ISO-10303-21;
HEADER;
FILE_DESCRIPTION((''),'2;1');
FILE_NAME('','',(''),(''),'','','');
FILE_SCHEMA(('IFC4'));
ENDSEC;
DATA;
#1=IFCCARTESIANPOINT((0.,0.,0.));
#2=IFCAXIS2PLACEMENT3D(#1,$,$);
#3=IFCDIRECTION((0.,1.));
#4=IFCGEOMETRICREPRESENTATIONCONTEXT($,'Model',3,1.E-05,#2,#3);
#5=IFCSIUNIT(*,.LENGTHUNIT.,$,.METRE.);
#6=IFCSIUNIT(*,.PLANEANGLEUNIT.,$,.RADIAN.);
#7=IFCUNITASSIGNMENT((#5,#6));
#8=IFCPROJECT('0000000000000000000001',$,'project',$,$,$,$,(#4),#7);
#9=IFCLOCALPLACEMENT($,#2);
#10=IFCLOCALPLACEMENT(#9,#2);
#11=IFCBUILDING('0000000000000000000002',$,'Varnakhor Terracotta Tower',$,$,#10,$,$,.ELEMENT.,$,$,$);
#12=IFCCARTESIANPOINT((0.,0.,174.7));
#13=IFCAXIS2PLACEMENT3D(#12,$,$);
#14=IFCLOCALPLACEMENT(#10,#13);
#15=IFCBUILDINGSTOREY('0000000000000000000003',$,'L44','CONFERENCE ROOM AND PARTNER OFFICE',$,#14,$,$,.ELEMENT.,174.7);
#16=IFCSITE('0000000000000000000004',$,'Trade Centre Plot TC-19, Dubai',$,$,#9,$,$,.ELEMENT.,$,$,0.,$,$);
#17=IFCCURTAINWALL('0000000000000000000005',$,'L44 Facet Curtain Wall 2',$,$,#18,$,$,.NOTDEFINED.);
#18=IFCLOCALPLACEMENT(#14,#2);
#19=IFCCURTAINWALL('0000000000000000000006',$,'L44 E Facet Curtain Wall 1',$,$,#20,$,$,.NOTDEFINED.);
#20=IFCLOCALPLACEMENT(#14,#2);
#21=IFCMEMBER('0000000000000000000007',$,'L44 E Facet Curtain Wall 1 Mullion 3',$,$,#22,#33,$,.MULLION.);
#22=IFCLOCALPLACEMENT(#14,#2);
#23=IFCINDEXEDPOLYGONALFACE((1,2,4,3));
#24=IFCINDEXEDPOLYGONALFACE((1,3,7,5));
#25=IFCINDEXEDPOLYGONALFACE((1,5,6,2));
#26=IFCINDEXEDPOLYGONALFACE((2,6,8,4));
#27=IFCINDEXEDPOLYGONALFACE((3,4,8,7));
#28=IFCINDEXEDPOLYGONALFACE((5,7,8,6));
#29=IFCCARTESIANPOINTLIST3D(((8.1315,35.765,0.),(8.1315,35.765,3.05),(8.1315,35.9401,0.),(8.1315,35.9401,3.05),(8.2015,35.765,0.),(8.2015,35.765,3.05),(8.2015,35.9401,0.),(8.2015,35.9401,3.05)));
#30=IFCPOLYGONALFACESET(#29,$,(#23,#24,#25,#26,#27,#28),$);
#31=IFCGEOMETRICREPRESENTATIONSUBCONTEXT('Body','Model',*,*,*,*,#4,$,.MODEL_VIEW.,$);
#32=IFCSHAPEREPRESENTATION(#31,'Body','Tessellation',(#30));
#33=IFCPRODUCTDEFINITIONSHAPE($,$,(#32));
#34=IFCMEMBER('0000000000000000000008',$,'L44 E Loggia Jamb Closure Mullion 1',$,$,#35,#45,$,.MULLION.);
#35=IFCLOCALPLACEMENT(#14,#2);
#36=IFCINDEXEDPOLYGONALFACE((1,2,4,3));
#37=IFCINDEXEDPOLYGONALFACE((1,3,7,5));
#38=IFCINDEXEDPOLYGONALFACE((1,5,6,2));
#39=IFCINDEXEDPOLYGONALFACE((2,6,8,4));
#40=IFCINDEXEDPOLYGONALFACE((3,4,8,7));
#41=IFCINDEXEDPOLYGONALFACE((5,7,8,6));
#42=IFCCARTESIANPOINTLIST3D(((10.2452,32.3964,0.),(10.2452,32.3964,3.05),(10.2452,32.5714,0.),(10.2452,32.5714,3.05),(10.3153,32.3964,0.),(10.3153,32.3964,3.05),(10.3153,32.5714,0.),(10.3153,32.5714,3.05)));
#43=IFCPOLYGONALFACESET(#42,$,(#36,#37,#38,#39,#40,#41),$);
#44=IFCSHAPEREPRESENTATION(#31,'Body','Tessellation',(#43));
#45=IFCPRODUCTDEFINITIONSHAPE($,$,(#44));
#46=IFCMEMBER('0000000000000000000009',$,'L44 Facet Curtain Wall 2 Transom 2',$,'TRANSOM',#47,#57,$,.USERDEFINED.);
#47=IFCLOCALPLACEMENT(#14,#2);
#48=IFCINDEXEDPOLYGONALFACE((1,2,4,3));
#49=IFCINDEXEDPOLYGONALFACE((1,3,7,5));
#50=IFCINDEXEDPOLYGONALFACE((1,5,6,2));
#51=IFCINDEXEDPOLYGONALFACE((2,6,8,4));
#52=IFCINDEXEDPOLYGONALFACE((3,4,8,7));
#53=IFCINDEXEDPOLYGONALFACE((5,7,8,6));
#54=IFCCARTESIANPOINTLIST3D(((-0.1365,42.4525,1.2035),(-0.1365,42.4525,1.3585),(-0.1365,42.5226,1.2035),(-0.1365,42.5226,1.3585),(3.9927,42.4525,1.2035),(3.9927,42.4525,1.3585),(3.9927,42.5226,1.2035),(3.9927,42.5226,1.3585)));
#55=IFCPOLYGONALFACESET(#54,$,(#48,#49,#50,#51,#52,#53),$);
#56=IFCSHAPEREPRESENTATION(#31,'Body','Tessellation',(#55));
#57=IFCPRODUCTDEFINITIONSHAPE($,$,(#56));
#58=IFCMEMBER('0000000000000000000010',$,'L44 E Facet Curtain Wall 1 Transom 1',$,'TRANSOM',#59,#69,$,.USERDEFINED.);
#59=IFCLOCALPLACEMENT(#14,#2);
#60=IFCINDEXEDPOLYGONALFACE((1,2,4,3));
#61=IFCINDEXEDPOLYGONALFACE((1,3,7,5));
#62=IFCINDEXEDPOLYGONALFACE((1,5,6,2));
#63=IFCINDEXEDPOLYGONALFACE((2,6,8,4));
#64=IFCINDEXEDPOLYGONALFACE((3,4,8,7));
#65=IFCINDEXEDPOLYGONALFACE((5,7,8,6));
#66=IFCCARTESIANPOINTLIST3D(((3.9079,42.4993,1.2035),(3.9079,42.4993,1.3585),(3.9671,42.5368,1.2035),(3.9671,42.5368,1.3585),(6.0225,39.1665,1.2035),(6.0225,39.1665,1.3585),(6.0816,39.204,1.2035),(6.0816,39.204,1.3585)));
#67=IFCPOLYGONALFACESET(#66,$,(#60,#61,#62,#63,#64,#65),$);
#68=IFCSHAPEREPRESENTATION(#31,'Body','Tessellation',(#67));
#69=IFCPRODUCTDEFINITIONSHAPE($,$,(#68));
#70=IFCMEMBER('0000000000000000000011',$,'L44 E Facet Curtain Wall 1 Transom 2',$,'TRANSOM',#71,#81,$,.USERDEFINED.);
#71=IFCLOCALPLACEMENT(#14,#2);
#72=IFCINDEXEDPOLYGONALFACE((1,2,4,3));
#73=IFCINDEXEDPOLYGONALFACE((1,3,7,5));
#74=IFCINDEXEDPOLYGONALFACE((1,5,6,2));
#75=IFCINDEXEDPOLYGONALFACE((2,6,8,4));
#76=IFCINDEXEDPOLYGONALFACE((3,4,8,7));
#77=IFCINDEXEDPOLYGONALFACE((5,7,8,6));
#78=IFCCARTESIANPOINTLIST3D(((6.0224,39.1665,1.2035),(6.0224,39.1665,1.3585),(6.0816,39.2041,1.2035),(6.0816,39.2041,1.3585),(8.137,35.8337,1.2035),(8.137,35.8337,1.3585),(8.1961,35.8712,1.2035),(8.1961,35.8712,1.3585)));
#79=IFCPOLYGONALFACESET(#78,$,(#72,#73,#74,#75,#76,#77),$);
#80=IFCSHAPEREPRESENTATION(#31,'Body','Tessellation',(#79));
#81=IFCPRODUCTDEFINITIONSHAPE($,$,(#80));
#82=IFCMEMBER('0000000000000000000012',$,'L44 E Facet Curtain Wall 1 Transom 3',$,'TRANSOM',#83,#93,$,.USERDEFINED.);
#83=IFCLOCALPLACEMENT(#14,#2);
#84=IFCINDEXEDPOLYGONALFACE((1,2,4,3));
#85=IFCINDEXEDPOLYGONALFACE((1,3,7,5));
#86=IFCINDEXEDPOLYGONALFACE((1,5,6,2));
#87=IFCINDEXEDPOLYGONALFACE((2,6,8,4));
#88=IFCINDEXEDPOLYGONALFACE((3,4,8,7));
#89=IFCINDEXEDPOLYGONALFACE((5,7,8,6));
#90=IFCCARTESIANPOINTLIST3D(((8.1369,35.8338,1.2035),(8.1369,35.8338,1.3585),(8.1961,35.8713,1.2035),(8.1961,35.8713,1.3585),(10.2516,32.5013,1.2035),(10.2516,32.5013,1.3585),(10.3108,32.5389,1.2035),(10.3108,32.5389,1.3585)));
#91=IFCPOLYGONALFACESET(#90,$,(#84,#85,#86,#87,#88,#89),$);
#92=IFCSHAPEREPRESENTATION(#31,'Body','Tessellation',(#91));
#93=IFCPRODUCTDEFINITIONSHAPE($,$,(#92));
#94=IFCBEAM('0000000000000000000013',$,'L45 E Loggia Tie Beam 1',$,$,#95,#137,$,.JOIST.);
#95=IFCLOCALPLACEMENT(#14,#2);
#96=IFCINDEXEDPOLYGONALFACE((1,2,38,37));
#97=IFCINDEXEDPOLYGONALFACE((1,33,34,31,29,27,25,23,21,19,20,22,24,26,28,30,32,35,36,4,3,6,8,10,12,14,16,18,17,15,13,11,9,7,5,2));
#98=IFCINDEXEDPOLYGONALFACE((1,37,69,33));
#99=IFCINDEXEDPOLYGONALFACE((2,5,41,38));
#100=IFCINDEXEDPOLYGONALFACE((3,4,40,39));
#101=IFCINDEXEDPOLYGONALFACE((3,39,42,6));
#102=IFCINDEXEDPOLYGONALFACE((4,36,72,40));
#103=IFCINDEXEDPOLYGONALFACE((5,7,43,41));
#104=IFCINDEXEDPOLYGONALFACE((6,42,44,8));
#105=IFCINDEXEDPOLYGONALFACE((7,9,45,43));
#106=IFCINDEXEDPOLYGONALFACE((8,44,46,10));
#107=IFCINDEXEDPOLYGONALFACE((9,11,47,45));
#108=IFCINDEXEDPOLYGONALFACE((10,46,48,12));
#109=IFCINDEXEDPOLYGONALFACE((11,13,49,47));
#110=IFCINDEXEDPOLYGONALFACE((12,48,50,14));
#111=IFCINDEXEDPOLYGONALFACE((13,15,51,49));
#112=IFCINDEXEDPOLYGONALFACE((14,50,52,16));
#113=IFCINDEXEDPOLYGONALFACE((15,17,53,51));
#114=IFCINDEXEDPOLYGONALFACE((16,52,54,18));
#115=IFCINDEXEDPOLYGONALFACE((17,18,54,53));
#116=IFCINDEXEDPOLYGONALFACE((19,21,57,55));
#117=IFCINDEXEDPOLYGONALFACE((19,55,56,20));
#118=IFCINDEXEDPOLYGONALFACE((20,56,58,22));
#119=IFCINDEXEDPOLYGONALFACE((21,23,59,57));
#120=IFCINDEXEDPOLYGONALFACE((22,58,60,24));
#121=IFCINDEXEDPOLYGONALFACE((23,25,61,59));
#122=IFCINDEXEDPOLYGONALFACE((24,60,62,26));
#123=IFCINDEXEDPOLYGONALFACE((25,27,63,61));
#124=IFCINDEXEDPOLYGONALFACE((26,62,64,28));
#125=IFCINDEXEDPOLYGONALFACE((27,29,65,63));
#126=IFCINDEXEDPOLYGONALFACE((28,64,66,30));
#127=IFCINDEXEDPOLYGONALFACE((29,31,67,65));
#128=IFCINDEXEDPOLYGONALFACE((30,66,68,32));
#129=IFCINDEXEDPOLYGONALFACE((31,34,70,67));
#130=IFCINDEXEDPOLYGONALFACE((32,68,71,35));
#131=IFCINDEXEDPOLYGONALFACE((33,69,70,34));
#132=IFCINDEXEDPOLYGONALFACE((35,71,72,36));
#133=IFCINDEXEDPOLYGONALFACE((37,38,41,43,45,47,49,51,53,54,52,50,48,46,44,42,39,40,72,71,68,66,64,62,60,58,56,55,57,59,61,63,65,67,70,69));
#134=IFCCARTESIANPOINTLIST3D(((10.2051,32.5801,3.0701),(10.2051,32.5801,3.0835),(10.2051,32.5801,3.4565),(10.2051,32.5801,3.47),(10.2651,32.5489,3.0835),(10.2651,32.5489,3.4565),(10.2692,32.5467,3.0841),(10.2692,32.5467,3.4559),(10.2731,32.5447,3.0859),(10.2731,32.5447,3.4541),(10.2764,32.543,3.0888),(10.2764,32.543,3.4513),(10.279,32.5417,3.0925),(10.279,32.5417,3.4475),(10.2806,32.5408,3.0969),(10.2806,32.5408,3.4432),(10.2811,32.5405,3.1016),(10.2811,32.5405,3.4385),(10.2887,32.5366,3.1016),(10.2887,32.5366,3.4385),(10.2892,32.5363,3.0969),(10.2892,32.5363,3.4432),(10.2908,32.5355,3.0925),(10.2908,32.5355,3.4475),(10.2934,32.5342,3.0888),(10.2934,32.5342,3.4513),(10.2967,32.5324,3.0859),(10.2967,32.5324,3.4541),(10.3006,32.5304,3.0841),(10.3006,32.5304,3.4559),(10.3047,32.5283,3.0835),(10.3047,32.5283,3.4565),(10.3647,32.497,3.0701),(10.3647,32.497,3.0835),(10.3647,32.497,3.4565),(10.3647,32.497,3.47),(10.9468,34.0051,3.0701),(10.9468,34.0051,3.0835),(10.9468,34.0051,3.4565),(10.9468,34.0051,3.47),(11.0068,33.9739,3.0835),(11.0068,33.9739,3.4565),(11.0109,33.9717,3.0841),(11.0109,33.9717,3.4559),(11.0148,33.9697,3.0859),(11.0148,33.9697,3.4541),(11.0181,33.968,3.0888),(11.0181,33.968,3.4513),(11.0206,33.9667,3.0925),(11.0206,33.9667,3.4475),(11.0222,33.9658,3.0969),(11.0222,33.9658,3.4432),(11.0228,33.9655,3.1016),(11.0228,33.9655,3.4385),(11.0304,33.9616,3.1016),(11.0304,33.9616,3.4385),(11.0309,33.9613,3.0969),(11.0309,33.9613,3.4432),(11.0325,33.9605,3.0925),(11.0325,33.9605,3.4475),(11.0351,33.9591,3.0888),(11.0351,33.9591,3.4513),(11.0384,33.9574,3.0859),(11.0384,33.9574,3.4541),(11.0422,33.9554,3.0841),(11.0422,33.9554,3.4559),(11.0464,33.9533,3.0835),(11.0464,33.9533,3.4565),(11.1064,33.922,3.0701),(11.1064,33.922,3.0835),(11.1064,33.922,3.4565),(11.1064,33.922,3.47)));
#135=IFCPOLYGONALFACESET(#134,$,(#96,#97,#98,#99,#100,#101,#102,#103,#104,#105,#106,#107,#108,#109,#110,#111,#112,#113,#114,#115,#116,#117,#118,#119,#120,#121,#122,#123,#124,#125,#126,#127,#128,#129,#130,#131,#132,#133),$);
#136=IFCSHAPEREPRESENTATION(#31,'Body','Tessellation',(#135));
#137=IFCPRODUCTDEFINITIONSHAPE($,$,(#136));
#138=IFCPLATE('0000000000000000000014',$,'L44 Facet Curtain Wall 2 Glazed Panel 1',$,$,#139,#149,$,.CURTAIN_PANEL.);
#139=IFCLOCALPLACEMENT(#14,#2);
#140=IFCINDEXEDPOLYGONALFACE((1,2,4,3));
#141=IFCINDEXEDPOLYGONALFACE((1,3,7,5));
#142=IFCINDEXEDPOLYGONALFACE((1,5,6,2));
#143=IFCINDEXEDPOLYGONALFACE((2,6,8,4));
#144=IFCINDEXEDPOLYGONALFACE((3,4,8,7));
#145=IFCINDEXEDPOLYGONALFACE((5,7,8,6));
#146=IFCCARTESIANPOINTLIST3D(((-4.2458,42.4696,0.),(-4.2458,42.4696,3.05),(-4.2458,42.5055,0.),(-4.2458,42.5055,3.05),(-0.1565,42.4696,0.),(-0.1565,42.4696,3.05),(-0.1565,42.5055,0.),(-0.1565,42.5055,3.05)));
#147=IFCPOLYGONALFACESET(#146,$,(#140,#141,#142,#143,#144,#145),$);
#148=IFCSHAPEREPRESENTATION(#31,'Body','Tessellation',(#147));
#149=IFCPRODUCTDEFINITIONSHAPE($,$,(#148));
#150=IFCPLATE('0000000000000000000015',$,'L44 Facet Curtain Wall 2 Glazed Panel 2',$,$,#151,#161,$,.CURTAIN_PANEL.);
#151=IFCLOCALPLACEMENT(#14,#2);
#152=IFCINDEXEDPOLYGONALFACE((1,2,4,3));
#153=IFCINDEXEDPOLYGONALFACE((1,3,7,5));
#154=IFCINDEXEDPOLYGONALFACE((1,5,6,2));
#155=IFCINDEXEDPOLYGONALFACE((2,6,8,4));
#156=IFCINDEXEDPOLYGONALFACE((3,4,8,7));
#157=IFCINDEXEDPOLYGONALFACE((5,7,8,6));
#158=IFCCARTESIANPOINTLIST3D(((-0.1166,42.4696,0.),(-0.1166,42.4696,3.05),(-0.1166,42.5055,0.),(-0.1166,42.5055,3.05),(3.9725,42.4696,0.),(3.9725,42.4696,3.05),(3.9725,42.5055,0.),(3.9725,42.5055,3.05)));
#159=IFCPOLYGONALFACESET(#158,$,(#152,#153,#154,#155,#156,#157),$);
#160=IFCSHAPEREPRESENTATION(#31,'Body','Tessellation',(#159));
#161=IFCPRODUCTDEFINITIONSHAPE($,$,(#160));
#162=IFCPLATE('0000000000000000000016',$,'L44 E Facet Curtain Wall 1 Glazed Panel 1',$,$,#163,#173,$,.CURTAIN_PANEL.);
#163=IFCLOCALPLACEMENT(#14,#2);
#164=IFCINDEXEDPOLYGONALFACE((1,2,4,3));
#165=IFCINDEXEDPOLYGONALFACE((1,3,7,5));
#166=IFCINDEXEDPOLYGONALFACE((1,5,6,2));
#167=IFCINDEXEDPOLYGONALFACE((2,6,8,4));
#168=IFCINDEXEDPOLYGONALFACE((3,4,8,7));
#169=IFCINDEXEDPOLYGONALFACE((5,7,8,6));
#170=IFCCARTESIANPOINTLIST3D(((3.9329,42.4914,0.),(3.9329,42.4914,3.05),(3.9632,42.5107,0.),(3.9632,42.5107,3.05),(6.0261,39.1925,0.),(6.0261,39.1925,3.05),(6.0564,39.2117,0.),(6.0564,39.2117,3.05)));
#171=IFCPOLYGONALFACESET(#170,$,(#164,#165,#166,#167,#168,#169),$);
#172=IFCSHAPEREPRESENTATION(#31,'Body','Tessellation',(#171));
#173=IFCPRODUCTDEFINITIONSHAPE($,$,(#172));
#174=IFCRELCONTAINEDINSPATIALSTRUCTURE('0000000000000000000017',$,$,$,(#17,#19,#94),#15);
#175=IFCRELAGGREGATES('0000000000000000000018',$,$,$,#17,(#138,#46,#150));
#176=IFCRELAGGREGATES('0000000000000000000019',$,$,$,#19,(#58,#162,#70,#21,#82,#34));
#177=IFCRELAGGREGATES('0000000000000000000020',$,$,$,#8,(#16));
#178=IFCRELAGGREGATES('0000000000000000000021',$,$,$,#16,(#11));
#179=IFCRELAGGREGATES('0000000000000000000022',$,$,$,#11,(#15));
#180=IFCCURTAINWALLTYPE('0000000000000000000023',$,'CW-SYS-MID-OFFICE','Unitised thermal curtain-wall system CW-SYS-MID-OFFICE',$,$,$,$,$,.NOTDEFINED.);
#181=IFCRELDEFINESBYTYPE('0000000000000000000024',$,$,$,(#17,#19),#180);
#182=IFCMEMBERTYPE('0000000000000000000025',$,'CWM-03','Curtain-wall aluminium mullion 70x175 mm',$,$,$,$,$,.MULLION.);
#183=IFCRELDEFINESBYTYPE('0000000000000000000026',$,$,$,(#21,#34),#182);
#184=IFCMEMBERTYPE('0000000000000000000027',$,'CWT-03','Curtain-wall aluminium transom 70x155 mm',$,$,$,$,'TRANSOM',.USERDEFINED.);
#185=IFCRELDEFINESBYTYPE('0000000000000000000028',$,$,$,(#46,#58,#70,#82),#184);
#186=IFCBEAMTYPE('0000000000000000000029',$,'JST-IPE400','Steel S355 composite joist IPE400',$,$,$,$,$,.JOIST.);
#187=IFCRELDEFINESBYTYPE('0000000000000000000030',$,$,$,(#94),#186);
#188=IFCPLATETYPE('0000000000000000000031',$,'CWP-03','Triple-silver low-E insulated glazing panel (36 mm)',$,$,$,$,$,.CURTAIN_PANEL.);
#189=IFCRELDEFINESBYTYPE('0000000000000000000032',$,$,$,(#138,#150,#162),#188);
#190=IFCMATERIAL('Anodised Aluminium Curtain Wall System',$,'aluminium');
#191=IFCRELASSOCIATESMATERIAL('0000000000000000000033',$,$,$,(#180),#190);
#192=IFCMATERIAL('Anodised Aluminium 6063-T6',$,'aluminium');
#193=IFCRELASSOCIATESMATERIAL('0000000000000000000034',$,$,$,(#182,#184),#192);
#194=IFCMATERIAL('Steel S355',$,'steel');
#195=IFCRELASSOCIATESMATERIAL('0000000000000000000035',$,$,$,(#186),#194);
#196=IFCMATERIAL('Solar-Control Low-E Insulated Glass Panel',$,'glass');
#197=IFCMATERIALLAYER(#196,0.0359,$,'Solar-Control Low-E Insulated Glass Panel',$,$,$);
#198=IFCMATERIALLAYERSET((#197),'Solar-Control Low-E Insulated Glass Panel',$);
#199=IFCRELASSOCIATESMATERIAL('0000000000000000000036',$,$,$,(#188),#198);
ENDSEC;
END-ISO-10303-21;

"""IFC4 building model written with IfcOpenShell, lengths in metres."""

from ifc_helpers import new_model, si_unit, direction, frame, origin, origin_2d, place, context, subcontext, project, spatial, rectangle, i_section, extrude, source, transform, mapped, material, layer, layer_set, material_profile, profile_set, type_object, element, aggregate, save


model = new_model("IFC4")

# Units and contexts
model_context = context("Model", 3, precision=1e-05, world=origin(), true_north=direction((0.0, 1.0)))
body_context = subcontext(model_context, "Body", "Model", "MODEL_VIEW")
ifc_project = project(units=[si_unit("LENGTHUNIT", "METRE"), si_unit("PLANEANGLEUNIT", "RADIAN")], contexts=[model_context])

# Site, building, storey
site_placement = place(None, origin())
site = spatial("IfcSite", under=ifc_project, at=site_placement, Name="Trade Centre Plot TC-19, Dubai", CompositionType="ELEMENT", RefElevation=0.0)
building_placement = place(site_placement, origin())
building = spatial("IfcBuilding", under=site, at=building_placement, Name="Varnakhor Terracotta Tower", CompositionType="ELEMENT")
storey_placement = place(building_placement, frame((0.0, 0.0, 174.7)))
storey = spatial("IfcBuildingStorey", under=building, at=storey_placement, Name="L44", Description="CONFERENCE ROOM AND PARTNER OFFICE", CompositionType="ELEMENT", Elevation=174.7)

# Shared definitions
ifc_material_1 = material(Name="Steel S355", Category="steel")

# Curtain wall
ifc_material_2 = material(Name="Anodised Aluminium Curtain Wall System", Category="aluminium")
curtain_wall_type = type_object("IfcCurtainWallType", Name="CW-SYS-MID-OFFICE", Description="Unitised thermal curtain-wall system CW-SYS-MID-OFFICE", PredefinedType="NOTDEFINED", material=ifc_material_2)
curtain_wall_1_placement = place(storey_placement, origin())
curtain_wall_1 = element("IfcCurtainWall", 1, at=curtain_wall_1_placement, inside=storey, type_object=curtain_wall_type, Name="L44 Facet Curtain Wall 2", PredefinedType="NOTDEFINED")
ifc_material_3 = material(Name="Anodised Aluminium 6063-T6", Category="aluminium")
ifc_material_profile_1 = material_profile(ifc_material_3, rectangle(XDim=0.0701, YDim=0.175, at=origin_2d()), Name="ALU MULLION 70x175")
ifc_profile_set_1 = profile_set([ifc_material_profile_1], Name="Anodised Aluminium 6063-T6")
member_type_1 = type_object("IfcMemberType", Name="CWM-03", Description="Curtain-wall aluminium mullion 70x175 mm", PredefinedType="MULLION", material=ifc_profile_set_1)
shared_shape_1 = source(origin(), body_context, "Body", "SweptSolid", [
    extrude(rectangle(XDim=0.0701, YDim=0.175, at=origin_2d()), origin(), (0.0, 0.0, 1.0), 3.05),
])

# Curtain wall, members
curtain_wall_2_placement = place(storey_placement, origin())
curtain_wall_2 = element("IfcCurtainWall", 2, at=curtain_wall_2_placement, inside=storey, type_object=curtain_wall_type, Name="L44 E Facet Curtain Wall 1", PredefinedType="NOTDEFINED")
member_1_placement = place(storey_placement, frame((8.1665, 35.8525, 0.0), z_axis=(0.0, 0.0, 1.0), x_axis=(1.0, 0.0, 0.0)))
member_1 = element("IfcMember", 3, at=member_1_placement, type_object=member_type_1, Name="L44 E Facet Curtain Wall 1 Mullion 3", PredefinedType="MULLION", context=body_context, shape_type="MappedRepresentation", body=[
    mapped(shared_shape_1, transform((0.0, 0.0, 0.0), scale=1.0)),
])
member_2_placement = place(storey_placement, frame((10.2803, 32.4839, 0.0), z_axis=(0.0, 0.0, 1.0), x_axis=(1.0, 0.0, 0.0)))
member_2 = element("IfcMember", 4, at=member_2_placement, type_object=member_type_1, Name="L44 E Loggia Jamb Closure Mullion 1", PredefinedType="MULLION", context=body_context, shape_type="MappedRepresentation", body=[
    mapped(shared_shape_1, transform((0.0, 0.0, 0.0), scale=1.0)),
])

# Members
ifc_material_profile_2 = material_profile(ifc_material_3, rectangle(XDim=0.0701, YDim=0.155, at=origin_2d()), Name="ALU TRANSOM 70x155")
ifc_profile_set_2 = profile_set([ifc_material_profile_2], Name="Anodised Aluminium 6063-T6")
member_type_2 = type_object("IfcMemberType", Name="CWT-03", Description="Curtain-wall aluminium transom 70x155 mm", ElementType="TRANSOM", PredefinedType="USERDEFINED", material=ifc_profile_set_2)
shared_shape_2 = source(origin(), body_context, "Body", "SweptSolid", [
    extrude(rectangle(XDim=0.0701, YDim=0.155, at=origin_2d()), origin(), (0.0, 0.0, 1.0), 4.1292),
])
member_3_placement = place(storey_placement, frame((-0.1365, 42.4875, 1.281), z_axis=(1.0, 0.0, 0.0), x_axis=(0.0, 1.0, 0.0)))
member_3 = element("IfcMember", 5, at=member_3_placement, type_object=member_type_2, Name="L44 Facet Curtain Wall 2 Transom 2", ObjectType="TRANSOM", PredefinedType="USERDEFINED", context=body_context, shape_type="MappedRepresentation", body=[
    mapped(shared_shape_2, transform((0.0, 0.0, 0.0), scale=1.0)),
])
shared_shape_3 = source(origin(), body_context, "Body", "SweptSolid", [
    extrude(rectangle(XDim=0.0701, YDim=0.155, at=origin_2d()), origin(), (0.0, 0.0, 1.0), 3.947),
])
member_4_placement = place(storey_placement, frame((3.9375, 42.5181, 1.281), z_axis=(0.53573, -0.844389, 0.0), x_axis=(0.844389, 0.53573, 0.0)))
member_4 = element("IfcMember", 6, at=member_4_placement, type_object=member_type_2, Name="L44 E Facet Curtain Wall 1 Transom 1", ObjectType="TRANSOM", PredefinedType="USERDEFINED", context=body_context, shape_type="MappedRepresentation", body=[
    mapped(shared_shape_3, transform((0.0, 0.0, 0.0), scale=1.0)),
])
member_5_placement = place(storey_placement, frame((6.052, 39.1853, 1.281), z_axis=(0.53573, -0.844389, 0.0), x_axis=(0.844389, 0.53573, 0.0)))
member_5 = element("IfcMember", 7, at=member_5_placement, type_object=member_type_2, Name="L44 E Facet Curtain Wall 1 Transom 2", ObjectType="TRANSOM", PredefinedType="USERDEFINED", context=body_context, shape_type="MappedRepresentation", body=[
    mapped(shared_shape_3, transform((0.0, 0.0, 0.0), scale=1.0)),
])
shared_shape_4 = source(origin(), body_context, "Body", "SweptSolid", [
    extrude(rectangle(XDim=0.0701, YDim=0.155, at=origin_2d()), origin(), (0.0, 0.0, 1.0), 3.9468),
])
member_6_placement = place(storey_placement, frame((8.1665, 35.8525, 1.281), z_axis=(0.535802, -0.844343, 0.0), x_axis=(0.844343, 0.535802, 0.0)))
member_6 = element("IfcMember", 8, at=member_6_placement, type_object=member_type_2, Name="L44 E Facet Curtain Wall 1 Transom 3", ObjectType="TRANSOM", PredefinedType="USERDEFINED", context=body_context, shape_type="MappedRepresentation", body=[
    mapped(shared_shape_4, transform((0.0, 0.0, 0.0), scale=1.0)),
])

# Beam
ifc_material_profile_3 = material_profile(ifc_material_1, i_section(OverallWidth=0.1799, OverallDepth=0.3999, WebThickness=0.0085, FlangeThickness=0.0134, FilletRadius=0.0181, at=origin_2d()), Name="IPE400")
ifc_profile_set_3 = profile_set([ifc_material_profile_3], Name="Steel S355")
beam_type_1 = type_object("IfcBeamType", Name="JST-IPE400", Description="Steel S355 composite joist IPE400", PredefinedType="JOIST", material=ifc_profile_set_3)
shared_shape_5 = source(origin(), body_context, "Body", "SweptSolid", [
    extrude(i_section(OverallWidth=0.1799, OverallDepth=0.3999, WebThickness=0.0085, FlangeThickness=0.0134, FilletRadius=0.0181, at=origin_2d()), origin(), (0.0, 0.0, 1.0), 1.6064),
])
beam_1_placement = place(storey_placement, frame((10.2849, 32.5386, 3.27), z_axis=(0.461683, 0.887045, 0.0), x_axis=(-0.887045, 0.461683, 0.0)))
element("IfcBeam", 9, at=beam_1_placement, inside=storey, type_object=beam_type_1, Name="L45 E Loggia Tie Beam 1", PredefinedType="JOIST", context=body_context, shape_type="MappedRepresentation", body=[
    mapped(shared_shape_5, transform((0.0, 0.0, 0.0), scale=1.0)),
])

# Plates
ifc_material_4 = material(Name="Solar-Control Low-E Insulated Glass Panel", Category="glass")
ifc_layer_1 = layer(ifc_material_4, 0.0359, Name="Solar-Control Low-E Insulated Glass Panel")
ifc_layer_set_1 = layer_set([ifc_layer_1], Name="Solar-Control Low-E Insulated Glass Panel")
plate_type = type_object("IfcPlateType", Name="CWP-03", Description="Triple-silver low-E insulated glazing panel (36 mm)", PredefinedType="CURTAIN_PANEL", material=ifc_layer_set_1)
shared_shape_6 = source(origin(), body_context, "Body", "SweptSolid", [
    extrude(rectangle(XDim=4.0894, YDim=0.0359, at=origin_2d()), origin(), (0.0, 0.0, 1.0), 3.05),
])
plate_1_placement = place(storey_placement, frame((-2.2012, 42.4875, 0.0), z_axis=(0.0, 0.0, 1.0), x_axis=(1.0, 0.0, 0.0)))
plate_1 = element("IfcPlate", 10, at=plate_1_placement, type_object=plate_type, Name="L44 Facet Curtain Wall 2 Glazed Panel 1", PredefinedType="CURTAIN_PANEL", context=body_context, shape_type="MappedRepresentation", body=[
    mapped(shared_shape_6, transform((0.0, 0.0, 0.0), scale=1.0)),
])
shared_shape_7 = source(origin(), body_context, "Body", "SweptSolid", [
    extrude(rectangle(XDim=4.0891, YDim=0.0359, at=origin_2d()), origin(), (0.0, 0.0, 1.0), 3.05),
])
plate_2_placement = place(storey_placement, frame((1.928, 42.4875, 0.0), z_axis=(0.0, 0.0, 1.0), x_axis=(1.0, 0.0, 0.0)))
plate_2 = element("IfcPlate", 11, at=plate_2_placement, type_object=plate_type, Name="L44 Facet Curtain Wall 2 Glazed Panel 2", PredefinedType="CURTAIN_PANEL", context=body_context, shape_type="MappedRepresentation", body=[
    mapped(shared_shape_7, transform((0.0, 0.0, 0.0), scale=1.0)),
])
aggregate(curtain_wall_1, [plate_1, member_3, plate_2])
shared_shape_8 = source(origin(), body_context, "Body", "SweptSolid", [
    extrude(rectangle(XDim=3.907, YDim=0.0359, at=origin_2d()), origin(), (0.0, 0.0, 1.0), 3.05),
])
plate_3_placement = place(storey_placement, frame((4.9946, 40.8516, 0.0), z_axis=(0.0, 0.0, 1.0), x_axis=(0.535753, -0.844375, 0.0)))
plate_3 = element("IfcPlate", 12, at=plate_3_placement, type_object=plate_type, Name="L44 E Facet Curtain Wall 1 Glazed Panel 1", PredefinedType="CURTAIN_PANEL", context=body_context, shape_type="MappedRepresentation", body=[
    mapped(shared_shape_8, transform((0.0, 0.0, 0.0), scale=1.0)),
])
aggregate(curtain_wall_2, [member_4, plate_3, member_5, member_1, member_6, member_2])

save(model, "model.ifc")
